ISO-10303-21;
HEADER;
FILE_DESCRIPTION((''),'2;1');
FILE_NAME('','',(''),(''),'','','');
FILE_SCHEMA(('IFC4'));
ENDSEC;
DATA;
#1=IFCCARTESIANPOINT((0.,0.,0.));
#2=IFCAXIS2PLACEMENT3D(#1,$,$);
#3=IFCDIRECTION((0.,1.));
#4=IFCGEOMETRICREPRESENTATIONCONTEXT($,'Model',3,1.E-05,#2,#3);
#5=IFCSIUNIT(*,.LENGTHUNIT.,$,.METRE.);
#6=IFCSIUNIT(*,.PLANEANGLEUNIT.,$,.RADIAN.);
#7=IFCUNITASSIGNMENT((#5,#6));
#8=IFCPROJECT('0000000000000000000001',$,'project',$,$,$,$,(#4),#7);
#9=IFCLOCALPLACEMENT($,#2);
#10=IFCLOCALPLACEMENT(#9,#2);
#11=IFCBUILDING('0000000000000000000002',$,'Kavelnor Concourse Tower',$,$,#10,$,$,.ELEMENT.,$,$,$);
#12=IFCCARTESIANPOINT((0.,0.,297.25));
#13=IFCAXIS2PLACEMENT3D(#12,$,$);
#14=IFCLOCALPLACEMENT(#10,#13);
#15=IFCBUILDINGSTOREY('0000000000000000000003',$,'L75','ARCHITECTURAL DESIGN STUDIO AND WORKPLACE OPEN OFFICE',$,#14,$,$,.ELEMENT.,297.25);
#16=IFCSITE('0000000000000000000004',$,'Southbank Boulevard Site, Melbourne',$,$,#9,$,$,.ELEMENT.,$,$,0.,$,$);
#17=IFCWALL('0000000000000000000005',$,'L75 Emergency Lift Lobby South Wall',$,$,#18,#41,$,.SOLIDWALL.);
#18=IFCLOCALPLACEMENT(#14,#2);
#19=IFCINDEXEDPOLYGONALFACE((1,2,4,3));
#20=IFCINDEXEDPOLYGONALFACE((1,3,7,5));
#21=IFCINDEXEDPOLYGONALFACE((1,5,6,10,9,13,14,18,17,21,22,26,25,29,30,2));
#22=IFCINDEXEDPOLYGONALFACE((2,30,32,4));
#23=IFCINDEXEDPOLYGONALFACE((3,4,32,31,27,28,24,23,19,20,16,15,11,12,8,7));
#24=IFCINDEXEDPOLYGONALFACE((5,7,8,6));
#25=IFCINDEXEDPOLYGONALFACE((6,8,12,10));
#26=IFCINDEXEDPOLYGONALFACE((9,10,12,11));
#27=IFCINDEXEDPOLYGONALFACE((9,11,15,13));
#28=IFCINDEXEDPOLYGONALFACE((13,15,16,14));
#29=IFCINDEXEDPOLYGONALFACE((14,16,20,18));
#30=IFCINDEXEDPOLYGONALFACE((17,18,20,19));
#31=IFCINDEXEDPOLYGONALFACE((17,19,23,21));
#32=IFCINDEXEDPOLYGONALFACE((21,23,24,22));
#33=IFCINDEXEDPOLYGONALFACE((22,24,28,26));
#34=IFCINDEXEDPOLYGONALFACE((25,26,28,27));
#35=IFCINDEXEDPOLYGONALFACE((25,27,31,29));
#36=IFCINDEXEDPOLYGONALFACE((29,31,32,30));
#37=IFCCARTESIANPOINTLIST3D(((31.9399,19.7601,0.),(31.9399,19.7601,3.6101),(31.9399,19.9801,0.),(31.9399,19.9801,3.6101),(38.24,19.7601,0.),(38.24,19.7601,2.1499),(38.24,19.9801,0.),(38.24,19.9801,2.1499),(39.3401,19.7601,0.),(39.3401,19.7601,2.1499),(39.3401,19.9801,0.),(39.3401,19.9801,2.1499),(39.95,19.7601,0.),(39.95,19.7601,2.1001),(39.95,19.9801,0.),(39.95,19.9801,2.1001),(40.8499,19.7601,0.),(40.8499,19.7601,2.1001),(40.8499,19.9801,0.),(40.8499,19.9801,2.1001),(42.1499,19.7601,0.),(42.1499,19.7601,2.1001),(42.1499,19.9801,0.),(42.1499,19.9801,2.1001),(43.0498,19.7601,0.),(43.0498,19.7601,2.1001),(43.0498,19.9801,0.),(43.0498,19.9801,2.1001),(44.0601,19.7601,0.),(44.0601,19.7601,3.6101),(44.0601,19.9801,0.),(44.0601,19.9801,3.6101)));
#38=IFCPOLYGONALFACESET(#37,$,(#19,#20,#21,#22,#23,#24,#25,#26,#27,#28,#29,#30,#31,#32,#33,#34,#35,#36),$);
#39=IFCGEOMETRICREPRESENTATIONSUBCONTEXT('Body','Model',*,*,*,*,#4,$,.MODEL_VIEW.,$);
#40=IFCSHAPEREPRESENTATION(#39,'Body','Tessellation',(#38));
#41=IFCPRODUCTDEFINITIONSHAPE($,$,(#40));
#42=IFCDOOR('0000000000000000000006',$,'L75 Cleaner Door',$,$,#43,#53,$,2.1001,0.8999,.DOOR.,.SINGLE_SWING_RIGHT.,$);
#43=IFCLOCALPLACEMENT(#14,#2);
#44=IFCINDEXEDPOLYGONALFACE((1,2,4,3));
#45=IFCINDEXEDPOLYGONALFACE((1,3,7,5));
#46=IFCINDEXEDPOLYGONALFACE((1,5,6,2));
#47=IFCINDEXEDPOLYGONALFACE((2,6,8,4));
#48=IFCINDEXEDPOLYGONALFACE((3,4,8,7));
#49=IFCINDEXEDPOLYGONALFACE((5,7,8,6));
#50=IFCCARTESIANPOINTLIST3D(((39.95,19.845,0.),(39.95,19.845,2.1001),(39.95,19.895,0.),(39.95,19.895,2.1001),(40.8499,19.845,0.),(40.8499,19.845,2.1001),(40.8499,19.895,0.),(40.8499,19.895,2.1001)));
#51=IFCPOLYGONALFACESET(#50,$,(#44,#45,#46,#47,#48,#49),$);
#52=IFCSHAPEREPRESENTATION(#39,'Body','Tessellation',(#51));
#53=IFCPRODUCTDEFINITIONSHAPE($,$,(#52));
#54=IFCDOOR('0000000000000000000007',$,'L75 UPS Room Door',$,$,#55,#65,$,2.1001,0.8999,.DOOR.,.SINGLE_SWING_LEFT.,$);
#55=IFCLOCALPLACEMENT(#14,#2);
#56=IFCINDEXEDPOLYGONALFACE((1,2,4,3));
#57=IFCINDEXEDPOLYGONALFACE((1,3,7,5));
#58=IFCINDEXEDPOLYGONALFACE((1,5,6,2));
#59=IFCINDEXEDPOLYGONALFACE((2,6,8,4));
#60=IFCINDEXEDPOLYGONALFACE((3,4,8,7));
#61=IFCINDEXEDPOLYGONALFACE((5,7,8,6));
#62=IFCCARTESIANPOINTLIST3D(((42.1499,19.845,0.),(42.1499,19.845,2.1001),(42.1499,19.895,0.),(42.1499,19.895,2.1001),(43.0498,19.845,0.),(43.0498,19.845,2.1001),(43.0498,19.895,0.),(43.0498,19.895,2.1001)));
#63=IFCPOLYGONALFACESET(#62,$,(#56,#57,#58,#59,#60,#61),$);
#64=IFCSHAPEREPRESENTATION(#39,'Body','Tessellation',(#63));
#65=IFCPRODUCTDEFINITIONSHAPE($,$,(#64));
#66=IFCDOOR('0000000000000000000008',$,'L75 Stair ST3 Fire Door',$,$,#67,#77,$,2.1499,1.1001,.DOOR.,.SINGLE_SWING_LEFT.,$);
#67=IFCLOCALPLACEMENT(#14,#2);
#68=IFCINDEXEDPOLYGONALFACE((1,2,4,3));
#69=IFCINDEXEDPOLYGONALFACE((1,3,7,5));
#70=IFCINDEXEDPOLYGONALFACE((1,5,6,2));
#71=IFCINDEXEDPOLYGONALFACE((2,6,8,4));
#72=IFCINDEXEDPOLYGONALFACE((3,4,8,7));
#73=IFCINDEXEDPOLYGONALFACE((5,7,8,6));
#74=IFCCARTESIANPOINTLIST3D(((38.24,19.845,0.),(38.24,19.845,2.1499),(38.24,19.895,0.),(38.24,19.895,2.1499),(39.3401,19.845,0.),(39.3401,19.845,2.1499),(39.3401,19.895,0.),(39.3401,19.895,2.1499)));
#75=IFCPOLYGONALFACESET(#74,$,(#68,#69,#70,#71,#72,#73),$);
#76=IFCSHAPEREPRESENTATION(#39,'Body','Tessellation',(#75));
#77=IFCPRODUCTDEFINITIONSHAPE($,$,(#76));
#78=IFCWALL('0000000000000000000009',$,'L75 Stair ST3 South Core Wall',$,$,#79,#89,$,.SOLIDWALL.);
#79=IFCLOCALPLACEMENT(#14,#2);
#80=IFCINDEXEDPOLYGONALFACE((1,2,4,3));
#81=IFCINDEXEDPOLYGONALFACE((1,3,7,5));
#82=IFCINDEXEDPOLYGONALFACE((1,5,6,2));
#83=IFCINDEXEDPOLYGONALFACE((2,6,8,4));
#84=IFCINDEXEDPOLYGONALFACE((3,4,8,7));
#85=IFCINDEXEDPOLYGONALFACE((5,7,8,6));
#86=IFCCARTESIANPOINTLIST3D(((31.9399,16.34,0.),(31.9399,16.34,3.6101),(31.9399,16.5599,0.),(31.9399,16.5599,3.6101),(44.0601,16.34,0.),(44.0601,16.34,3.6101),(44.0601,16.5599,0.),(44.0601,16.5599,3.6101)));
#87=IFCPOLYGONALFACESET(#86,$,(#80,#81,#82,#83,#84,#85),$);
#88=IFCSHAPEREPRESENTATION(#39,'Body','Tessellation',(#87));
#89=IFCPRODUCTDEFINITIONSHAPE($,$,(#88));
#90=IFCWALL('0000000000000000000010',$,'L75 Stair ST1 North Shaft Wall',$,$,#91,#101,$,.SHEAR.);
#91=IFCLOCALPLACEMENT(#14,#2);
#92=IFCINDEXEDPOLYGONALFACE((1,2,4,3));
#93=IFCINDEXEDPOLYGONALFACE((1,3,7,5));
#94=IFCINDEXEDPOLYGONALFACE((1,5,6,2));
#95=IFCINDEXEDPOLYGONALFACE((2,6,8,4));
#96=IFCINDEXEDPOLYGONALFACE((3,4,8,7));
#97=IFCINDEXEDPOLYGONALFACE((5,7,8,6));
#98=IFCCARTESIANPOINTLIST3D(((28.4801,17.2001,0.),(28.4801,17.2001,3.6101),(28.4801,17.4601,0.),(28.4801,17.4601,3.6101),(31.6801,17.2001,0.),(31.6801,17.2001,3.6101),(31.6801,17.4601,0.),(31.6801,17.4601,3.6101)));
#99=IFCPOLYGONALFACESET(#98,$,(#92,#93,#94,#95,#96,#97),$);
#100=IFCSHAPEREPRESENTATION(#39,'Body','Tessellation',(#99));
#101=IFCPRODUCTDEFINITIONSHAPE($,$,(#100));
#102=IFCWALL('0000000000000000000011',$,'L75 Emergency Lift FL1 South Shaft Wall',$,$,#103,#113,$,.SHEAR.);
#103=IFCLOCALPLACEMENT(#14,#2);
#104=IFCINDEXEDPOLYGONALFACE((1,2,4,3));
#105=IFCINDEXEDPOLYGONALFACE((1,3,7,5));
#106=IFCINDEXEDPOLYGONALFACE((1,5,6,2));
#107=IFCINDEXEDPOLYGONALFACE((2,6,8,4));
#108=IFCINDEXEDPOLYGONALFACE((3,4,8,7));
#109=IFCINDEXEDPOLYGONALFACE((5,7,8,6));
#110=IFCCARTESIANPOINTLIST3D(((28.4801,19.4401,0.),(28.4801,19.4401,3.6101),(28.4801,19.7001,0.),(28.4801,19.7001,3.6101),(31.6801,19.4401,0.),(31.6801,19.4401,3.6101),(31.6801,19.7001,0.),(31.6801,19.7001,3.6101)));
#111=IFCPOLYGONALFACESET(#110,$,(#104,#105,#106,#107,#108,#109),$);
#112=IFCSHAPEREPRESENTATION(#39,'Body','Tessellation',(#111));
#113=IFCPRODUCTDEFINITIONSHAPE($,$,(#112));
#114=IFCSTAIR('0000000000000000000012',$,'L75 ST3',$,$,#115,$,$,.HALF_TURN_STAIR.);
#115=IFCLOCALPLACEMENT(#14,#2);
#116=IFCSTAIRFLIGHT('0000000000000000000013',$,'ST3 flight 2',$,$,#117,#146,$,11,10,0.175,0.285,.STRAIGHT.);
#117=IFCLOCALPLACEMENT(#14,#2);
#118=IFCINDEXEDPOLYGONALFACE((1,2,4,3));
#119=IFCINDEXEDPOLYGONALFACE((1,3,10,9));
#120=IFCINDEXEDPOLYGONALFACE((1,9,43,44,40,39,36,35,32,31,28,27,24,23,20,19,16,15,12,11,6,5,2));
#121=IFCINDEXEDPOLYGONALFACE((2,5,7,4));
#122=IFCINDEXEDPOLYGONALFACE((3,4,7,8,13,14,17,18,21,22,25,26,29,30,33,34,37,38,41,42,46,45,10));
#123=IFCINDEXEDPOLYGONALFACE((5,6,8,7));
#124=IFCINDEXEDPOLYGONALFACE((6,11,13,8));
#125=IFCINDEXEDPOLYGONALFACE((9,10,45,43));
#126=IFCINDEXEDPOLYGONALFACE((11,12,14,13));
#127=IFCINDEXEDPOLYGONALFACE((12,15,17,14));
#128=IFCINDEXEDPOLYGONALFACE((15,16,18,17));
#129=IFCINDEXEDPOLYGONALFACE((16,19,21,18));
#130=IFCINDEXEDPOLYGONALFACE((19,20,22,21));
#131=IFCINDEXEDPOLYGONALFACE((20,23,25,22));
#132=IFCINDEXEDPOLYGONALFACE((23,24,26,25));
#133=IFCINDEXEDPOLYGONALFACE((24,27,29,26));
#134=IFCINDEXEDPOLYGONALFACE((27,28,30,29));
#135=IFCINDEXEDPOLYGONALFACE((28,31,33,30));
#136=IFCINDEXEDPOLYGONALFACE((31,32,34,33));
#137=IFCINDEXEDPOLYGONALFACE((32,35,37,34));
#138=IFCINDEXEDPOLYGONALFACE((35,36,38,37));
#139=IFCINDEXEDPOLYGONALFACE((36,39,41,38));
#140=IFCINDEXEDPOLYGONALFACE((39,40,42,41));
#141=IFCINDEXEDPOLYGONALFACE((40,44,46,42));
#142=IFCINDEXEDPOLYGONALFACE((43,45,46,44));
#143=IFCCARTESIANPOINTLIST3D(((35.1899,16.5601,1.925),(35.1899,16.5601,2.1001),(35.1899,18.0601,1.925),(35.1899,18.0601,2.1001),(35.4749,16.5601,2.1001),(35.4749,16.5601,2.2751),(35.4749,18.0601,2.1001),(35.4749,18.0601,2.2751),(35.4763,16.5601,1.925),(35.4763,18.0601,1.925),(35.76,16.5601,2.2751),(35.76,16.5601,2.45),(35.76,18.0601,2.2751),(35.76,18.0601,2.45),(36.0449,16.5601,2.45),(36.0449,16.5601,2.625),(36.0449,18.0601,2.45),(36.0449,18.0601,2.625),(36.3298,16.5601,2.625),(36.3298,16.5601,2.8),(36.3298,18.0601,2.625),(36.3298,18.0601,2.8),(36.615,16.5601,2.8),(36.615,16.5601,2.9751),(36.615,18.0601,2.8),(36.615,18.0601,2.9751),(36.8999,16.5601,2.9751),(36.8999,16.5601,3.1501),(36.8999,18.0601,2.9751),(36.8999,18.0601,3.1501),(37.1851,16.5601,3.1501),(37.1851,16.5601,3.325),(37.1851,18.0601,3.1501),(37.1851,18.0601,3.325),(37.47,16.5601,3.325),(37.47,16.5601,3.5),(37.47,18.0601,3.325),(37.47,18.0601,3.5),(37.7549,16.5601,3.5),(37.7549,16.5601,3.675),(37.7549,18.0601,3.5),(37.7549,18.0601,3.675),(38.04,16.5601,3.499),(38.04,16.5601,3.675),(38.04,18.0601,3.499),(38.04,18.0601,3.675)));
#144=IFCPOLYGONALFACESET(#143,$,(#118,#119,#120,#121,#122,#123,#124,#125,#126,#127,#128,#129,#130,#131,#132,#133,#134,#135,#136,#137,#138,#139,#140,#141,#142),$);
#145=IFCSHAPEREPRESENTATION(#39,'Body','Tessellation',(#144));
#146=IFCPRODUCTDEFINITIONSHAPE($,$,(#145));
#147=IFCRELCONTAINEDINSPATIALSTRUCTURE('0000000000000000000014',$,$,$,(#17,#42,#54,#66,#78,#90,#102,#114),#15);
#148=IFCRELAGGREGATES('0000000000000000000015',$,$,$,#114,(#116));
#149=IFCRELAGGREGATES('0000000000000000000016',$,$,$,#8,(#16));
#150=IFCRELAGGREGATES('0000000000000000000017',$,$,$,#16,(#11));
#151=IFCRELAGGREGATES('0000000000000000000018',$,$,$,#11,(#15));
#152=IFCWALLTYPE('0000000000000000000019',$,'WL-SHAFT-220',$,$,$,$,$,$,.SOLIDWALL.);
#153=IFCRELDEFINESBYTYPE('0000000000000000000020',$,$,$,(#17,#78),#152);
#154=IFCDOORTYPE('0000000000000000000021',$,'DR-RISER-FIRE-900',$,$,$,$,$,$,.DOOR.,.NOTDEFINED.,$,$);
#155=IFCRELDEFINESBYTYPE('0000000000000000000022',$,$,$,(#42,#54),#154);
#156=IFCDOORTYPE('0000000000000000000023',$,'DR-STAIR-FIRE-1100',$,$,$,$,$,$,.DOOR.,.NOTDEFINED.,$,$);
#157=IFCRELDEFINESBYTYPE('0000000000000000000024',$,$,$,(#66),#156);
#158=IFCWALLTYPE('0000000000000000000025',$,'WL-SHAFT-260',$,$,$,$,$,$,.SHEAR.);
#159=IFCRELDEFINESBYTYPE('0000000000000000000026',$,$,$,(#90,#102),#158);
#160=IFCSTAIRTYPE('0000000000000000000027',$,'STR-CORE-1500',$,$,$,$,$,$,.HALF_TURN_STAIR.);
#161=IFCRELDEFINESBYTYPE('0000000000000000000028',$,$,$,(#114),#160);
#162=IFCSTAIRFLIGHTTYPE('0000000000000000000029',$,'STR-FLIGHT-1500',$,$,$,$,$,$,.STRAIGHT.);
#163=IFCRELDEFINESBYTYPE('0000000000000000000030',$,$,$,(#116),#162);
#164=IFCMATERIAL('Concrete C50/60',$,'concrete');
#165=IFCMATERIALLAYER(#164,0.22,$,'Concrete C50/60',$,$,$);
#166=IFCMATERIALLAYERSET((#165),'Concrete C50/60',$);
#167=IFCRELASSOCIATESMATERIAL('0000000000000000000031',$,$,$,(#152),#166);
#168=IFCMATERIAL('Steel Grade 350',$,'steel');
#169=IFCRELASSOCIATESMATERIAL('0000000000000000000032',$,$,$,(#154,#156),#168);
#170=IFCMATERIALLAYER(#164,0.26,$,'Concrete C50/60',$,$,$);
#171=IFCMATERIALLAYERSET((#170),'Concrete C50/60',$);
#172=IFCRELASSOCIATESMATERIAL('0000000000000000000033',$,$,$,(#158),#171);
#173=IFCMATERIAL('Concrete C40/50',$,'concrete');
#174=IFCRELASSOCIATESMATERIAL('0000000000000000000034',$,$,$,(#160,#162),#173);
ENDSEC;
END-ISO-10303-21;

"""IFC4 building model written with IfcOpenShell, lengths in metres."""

from ifc_helpers import new_model, si_unit, direction, frame, frame_2d, origin, place, context, subcontext, project, spatial, polyline, rectangle, outline, extrude, material, layer, layer_set, type_object, element, fill, aggregate, save


model = new_model("IFC4")

# Units and contexts
model_context = context("Model", 3, precision=1e-05, world=origin(), true_north=direction((0.0, 1.0)))
body_context = subcontext(model_context, "Body", "Model", "MODEL_VIEW")
ifc_project = project(units=[si_unit("LENGTHUNIT", "METRE"), si_unit("PLANEANGLEUNIT", "RADIAN")], contexts=[model_context])

# Site, building, storey
site_placement = place(None, origin())
site = spatial("IfcSite", under=ifc_project, at=site_placement, Name="Southbank Boulevard Site, Melbourne", CompositionType="ELEMENT", RefElevation=0.0)
building_placement = place(site_placement, origin())
building = spatial("IfcBuilding", under=site, at=building_placement, Name="Kavelnor Concourse Tower", CompositionType="ELEMENT")
storey_placement = place(building_placement, frame((0.0, 0.0, 297.25)))
storey = spatial("IfcBuildingStorey", under=building, at=storey_placement, Name="L75", Description="ARCHITECTURAL DESIGN STUDIO AND WORKPLACE OPEN OFFICE", CompositionType="ELEMENT", Elevation=297.25)

# Shared definitions
ifc_material_1 = material(Name="Steel Grade 350", Category="steel")

# Wall, openings, doors
ifc_material_2 = material(Name="Concrete C50/60", Category="concrete")
ifc_layer_1 = layer(ifc_material_2, 0.22, Name="Concrete C50/60")
ifc_layer_set_1 = layer_set([ifc_layer_1], Name="Concrete C50/60")
wall_type_1 = type_object("IfcWallType", Name="WL-SHAFT-220", PredefinedType="SOLIDWALL", material=ifc_layer_set_1)
wall_1_placement = place(storey_placement, frame((31.9399, 19.8701, 0.0), z_axis=(0.0, 0.0, 1.0), x_axis=(1.0, 0.0, 0.0)))
wall_1 = element("IfcWall", 1, at=wall_1_placement, inside=storey, type_object=wall_type_1, Name="L75 Emergency Lift Lobby South Wall", PredefinedType="SOLIDWALL", context=body_context, shape_type="SweptSolid", body=[
    extrude(rectangle(XDim=12.1201, YDim=0.22, at=frame_2d((6.0601, 0.0))), origin(), (0.0, 0.0, 1.0), 3.6101),
])
opening_1_placement = place(wall_1_placement, frame((6.3, 0.0, 0.0)))
opening_1 = element("IfcOpeningElement", 2, at=opening_1_placement, cuts=wall_1, PredefinedType="OPENING", context=body_context, shape_type="SweptSolid", body=[
    extrude(rectangle(XDim=1.1001, YDim=2.1499, at=frame_2d((0.55, 1.075))), frame((0.0, 0.1201, 0.0), z_axis=(0.0, -1.0, 0.0), x_axis=(1.0, 0.0, 0.0)), (0.0, 0.0, 1.0), 0.24),
])
opening_2_placement = place(wall_1_placement, frame((8.01, 0.0, 0.0)))
opening_2 = element("IfcOpeningElement", 3, at=opening_2_placement, cuts=wall_1, PredefinedType="OPENING", context=body_context, shape_type="SweptSolid", body=[
    extrude(rectangle(XDim=0.8999, YDim=2.1001, at=frame_2d((0.45, 1.05))), frame((0.0, 0.1201, 0.0), z_axis=(0.0, -1.0, 0.0), x_axis=(1.0, 0.0, 0.0)), (0.0, 0.0, 1.0), 0.24),
])
opening_3_placement = place(wall_1_placement, frame((10.21, 0.0, 0.0)))
opening_3 = element("IfcOpeningElement", 4, at=opening_3_placement, cuts=wall_1, PredefinedType="OPENING", context=body_context, shape_type="SweptSolid", body=[
    extrude(rectangle(XDim=0.8999, YDim=2.1001, at=frame_2d((0.45, 1.05))), frame((0.0, 0.1201, 0.0), z_axis=(0.0, -1.0, 0.0), x_axis=(1.0, 0.0, 0.0)), (0.0, 0.0, 1.0), 0.24),
])
door_type_1 = type_object("IfcDoorType", Name="DR-RISER-FIRE-900", OperationType="NOTDEFINED", PredefinedType="DOOR", material=ifc_material_1)
door_1_placement = place(opening_2_placement, origin())
door_1 = element("IfcDoor", 5, at=door_1_placement, inside=storey, type_object=door_type_1, Name="L75 Cleaner Door", OperationType="SINGLE_SWING_RIGHT", OverallHeight=2.1001, OverallWidth=0.8999, PredefinedType="DOOR", context=body_context, shape_type="SweptSolid", body=[
    extrude(rectangle(XDim=0.8999, YDim=2.1001, at=frame_2d((0.45, 1.05))), frame((0.0, 0.0249, 0.0), z_axis=(0.0, -1.0, 0.0), x_axis=(1.0, 0.0, 0.0)), (0.0, 0.0, 1.0), 0.05),
])
fill(opening_2, door_1)
door_2_placement = place(opening_3_placement, origin())
door_2 = element("IfcDoor", 6, at=door_2_placement, inside=storey, type_object=door_type_1, Name="L75 UPS Room Door", OperationType="SINGLE_SWING_LEFT", OverallHeight=2.1001, OverallWidth=0.8999, PredefinedType="DOOR", context=body_context, shape_type="SweptSolid", body=[
    extrude(rectangle(XDim=0.8999, YDim=2.1001, at=frame_2d((0.45, 1.05))), frame((0.0, 0.0249, 0.0), z_axis=(0.0, -1.0, 0.0), x_axis=(1.0, 0.0, 0.0)), (0.0, 0.0, 1.0), 0.05),
])
fill(opening_3, door_2)
door_type_2 = type_object("IfcDoorType", Name="DR-STAIR-FIRE-1100", OperationType="NOTDEFINED", PredefinedType="DOOR", material=ifc_material_1)
door_3_placement = place(opening_1_placement, origin())
door_3 = element("IfcDoor", 7, at=door_3_placement, inside=storey, type_object=door_type_2, Name="L75 Stair ST3 Fire Door", OperationType="SINGLE_SWING_LEFT", OverallHeight=2.1499, OverallWidth=1.1001, PredefinedType="DOOR", context=body_context, shape_type="SweptSolid", body=[
    extrude(rectangle(XDim=1.1001, YDim=2.1499, at=frame_2d((0.55, 1.075))), frame((0.0, 0.0249, 0.0), z_axis=(0.0, -1.0, 0.0), x_axis=(1.0, 0.0, 0.0)), (0.0, 0.0, 1.0), 0.05),
])
fill(opening_1, door_3)

# Walls
wall_2_placement = place(storey_placement, frame((31.9399, 16.45, 0.0), z_axis=(0.0, 0.0, 1.0), x_axis=(1.0, 0.0, 0.0)))
element("IfcWall", 8, at=wall_2_placement, inside=storey, type_object=wall_type_1, Name="L75 Stair ST3 South Core Wall", PredefinedType="SOLIDWALL", context=body_context, shape_type="SweptSolid", body=[
    extrude(rectangle(XDim=12.1201, YDim=0.22, at=frame_2d((6.0601, 0.0))), origin(), (0.0, 0.0, 1.0), 3.6101),
])
ifc_layer_2 = layer(ifc_material_2, 0.26, Name="Concrete C50/60")
ifc_layer_set_2 = layer_set([ifc_layer_2], Name="Concrete C50/60")
wall_type_2 = type_object("IfcWallType", Name="WL-SHAFT-260", PredefinedType="SHEAR", material=ifc_layer_set_2)
for number, where, z_axis, x_axis, name in (
    (9, (28.48, 17.3301, 0.0), (0.0, 0.0, 1.0), (1.0, 0.0, 0.0), "L75 Stair ST1 North Shaft Wall"),
    (10, (28.48, 19.5701, 0.0), (0.0, 0.0, 1.0), (1.0, 0.0, 0.0), "L75 Emergency Lift FL1 South Shaft Wall"),
):
    element("IfcWall", number, at=place(storey_placement, frame(where, z_axis=z_axis, x_axis=x_axis)), inside=storey, type_object=wall_type_2, Name=name, PredefinedType="SHEAR", context=body_context, shape_type="SweptSolid", body=[
        extrude(rectangle(XDim=3.2, YDim=0.26, at=frame_2d((1.6001, 0.0))), origin(), (0.0, 0.0, 1.0), 3.6101),
    ])

# Stair, stair flight
ifc_material_3 = material(Name="Concrete C40/50", Category="concrete")
stair_type = type_object("IfcStairType", Name="STR-CORE-1500", PredefinedType="HALF_TURN_STAIR", material=ifc_material_3)
stair_placement = place(storey_placement, origin())
stair = element("IfcStair", 11, at=stair_placement, inside=storey, type_object=stair_type, Name="L75 ST3", PredefinedType="HALF_TURN_STAIR")
stair_flight_type = type_object("IfcStairFlightType", Name="STR-FLIGHT-1500", PredefinedType="STRAIGHT", material=ifc_material_3)
stair_flight_placement = place(storey_placement, frame((35.1899, 17.3101, 1.925), z_axis=(0.0, 0.0, 1.0), x_axis=(1.0, 0.0, 0.0)))
stair_flight = element("IfcStairFlight", 12, at=stair_flight_placement, type_object=stair_flight_type, Name="ST3 flight 2", NumberOfRisers=11, NumberOfTreads=10, PredefinedType="STRAIGHT", RiserHeight=0.175, TreadLength=0.285, context=body_context, shape_type="SweptSolid", body=[
    extrude(outline(polyline([(0.0, 0.0), (0.0, 0.175), (0.2849, 0.175), (0.2849, 0.3501), (0.5701, 0.3501), (0.5701, 0.5249), (0.855, 0.5249), (0.855, 0.7), (1.1399, 0.7), (1.1399, 0.875), (1.425, 0.875), (1.425, 1.05), (1.71, 1.05), (1.71, 1.2251), (1.9951, 1.2251), (1.9951, 1.3999), (2.28, 1.3999), (2.28, 1.575), (2.5649, 1.575), (2.5649, 1.75), (2.8501, 1.75), (2.8501, 1.925), (2.8501, 1.574), (0.2864, 0.0), (0.0, 0.0)])), frame((0.0, 0.75, 0.0), z_axis=(0.0, -1.0, 0.0), x_axis=(1.0, 0.0, 0.0)), (0.0, 0.0, 1.0), 1.5),
])
aggregate(stair, [stair_flight])

save(model, "model.ifc")
